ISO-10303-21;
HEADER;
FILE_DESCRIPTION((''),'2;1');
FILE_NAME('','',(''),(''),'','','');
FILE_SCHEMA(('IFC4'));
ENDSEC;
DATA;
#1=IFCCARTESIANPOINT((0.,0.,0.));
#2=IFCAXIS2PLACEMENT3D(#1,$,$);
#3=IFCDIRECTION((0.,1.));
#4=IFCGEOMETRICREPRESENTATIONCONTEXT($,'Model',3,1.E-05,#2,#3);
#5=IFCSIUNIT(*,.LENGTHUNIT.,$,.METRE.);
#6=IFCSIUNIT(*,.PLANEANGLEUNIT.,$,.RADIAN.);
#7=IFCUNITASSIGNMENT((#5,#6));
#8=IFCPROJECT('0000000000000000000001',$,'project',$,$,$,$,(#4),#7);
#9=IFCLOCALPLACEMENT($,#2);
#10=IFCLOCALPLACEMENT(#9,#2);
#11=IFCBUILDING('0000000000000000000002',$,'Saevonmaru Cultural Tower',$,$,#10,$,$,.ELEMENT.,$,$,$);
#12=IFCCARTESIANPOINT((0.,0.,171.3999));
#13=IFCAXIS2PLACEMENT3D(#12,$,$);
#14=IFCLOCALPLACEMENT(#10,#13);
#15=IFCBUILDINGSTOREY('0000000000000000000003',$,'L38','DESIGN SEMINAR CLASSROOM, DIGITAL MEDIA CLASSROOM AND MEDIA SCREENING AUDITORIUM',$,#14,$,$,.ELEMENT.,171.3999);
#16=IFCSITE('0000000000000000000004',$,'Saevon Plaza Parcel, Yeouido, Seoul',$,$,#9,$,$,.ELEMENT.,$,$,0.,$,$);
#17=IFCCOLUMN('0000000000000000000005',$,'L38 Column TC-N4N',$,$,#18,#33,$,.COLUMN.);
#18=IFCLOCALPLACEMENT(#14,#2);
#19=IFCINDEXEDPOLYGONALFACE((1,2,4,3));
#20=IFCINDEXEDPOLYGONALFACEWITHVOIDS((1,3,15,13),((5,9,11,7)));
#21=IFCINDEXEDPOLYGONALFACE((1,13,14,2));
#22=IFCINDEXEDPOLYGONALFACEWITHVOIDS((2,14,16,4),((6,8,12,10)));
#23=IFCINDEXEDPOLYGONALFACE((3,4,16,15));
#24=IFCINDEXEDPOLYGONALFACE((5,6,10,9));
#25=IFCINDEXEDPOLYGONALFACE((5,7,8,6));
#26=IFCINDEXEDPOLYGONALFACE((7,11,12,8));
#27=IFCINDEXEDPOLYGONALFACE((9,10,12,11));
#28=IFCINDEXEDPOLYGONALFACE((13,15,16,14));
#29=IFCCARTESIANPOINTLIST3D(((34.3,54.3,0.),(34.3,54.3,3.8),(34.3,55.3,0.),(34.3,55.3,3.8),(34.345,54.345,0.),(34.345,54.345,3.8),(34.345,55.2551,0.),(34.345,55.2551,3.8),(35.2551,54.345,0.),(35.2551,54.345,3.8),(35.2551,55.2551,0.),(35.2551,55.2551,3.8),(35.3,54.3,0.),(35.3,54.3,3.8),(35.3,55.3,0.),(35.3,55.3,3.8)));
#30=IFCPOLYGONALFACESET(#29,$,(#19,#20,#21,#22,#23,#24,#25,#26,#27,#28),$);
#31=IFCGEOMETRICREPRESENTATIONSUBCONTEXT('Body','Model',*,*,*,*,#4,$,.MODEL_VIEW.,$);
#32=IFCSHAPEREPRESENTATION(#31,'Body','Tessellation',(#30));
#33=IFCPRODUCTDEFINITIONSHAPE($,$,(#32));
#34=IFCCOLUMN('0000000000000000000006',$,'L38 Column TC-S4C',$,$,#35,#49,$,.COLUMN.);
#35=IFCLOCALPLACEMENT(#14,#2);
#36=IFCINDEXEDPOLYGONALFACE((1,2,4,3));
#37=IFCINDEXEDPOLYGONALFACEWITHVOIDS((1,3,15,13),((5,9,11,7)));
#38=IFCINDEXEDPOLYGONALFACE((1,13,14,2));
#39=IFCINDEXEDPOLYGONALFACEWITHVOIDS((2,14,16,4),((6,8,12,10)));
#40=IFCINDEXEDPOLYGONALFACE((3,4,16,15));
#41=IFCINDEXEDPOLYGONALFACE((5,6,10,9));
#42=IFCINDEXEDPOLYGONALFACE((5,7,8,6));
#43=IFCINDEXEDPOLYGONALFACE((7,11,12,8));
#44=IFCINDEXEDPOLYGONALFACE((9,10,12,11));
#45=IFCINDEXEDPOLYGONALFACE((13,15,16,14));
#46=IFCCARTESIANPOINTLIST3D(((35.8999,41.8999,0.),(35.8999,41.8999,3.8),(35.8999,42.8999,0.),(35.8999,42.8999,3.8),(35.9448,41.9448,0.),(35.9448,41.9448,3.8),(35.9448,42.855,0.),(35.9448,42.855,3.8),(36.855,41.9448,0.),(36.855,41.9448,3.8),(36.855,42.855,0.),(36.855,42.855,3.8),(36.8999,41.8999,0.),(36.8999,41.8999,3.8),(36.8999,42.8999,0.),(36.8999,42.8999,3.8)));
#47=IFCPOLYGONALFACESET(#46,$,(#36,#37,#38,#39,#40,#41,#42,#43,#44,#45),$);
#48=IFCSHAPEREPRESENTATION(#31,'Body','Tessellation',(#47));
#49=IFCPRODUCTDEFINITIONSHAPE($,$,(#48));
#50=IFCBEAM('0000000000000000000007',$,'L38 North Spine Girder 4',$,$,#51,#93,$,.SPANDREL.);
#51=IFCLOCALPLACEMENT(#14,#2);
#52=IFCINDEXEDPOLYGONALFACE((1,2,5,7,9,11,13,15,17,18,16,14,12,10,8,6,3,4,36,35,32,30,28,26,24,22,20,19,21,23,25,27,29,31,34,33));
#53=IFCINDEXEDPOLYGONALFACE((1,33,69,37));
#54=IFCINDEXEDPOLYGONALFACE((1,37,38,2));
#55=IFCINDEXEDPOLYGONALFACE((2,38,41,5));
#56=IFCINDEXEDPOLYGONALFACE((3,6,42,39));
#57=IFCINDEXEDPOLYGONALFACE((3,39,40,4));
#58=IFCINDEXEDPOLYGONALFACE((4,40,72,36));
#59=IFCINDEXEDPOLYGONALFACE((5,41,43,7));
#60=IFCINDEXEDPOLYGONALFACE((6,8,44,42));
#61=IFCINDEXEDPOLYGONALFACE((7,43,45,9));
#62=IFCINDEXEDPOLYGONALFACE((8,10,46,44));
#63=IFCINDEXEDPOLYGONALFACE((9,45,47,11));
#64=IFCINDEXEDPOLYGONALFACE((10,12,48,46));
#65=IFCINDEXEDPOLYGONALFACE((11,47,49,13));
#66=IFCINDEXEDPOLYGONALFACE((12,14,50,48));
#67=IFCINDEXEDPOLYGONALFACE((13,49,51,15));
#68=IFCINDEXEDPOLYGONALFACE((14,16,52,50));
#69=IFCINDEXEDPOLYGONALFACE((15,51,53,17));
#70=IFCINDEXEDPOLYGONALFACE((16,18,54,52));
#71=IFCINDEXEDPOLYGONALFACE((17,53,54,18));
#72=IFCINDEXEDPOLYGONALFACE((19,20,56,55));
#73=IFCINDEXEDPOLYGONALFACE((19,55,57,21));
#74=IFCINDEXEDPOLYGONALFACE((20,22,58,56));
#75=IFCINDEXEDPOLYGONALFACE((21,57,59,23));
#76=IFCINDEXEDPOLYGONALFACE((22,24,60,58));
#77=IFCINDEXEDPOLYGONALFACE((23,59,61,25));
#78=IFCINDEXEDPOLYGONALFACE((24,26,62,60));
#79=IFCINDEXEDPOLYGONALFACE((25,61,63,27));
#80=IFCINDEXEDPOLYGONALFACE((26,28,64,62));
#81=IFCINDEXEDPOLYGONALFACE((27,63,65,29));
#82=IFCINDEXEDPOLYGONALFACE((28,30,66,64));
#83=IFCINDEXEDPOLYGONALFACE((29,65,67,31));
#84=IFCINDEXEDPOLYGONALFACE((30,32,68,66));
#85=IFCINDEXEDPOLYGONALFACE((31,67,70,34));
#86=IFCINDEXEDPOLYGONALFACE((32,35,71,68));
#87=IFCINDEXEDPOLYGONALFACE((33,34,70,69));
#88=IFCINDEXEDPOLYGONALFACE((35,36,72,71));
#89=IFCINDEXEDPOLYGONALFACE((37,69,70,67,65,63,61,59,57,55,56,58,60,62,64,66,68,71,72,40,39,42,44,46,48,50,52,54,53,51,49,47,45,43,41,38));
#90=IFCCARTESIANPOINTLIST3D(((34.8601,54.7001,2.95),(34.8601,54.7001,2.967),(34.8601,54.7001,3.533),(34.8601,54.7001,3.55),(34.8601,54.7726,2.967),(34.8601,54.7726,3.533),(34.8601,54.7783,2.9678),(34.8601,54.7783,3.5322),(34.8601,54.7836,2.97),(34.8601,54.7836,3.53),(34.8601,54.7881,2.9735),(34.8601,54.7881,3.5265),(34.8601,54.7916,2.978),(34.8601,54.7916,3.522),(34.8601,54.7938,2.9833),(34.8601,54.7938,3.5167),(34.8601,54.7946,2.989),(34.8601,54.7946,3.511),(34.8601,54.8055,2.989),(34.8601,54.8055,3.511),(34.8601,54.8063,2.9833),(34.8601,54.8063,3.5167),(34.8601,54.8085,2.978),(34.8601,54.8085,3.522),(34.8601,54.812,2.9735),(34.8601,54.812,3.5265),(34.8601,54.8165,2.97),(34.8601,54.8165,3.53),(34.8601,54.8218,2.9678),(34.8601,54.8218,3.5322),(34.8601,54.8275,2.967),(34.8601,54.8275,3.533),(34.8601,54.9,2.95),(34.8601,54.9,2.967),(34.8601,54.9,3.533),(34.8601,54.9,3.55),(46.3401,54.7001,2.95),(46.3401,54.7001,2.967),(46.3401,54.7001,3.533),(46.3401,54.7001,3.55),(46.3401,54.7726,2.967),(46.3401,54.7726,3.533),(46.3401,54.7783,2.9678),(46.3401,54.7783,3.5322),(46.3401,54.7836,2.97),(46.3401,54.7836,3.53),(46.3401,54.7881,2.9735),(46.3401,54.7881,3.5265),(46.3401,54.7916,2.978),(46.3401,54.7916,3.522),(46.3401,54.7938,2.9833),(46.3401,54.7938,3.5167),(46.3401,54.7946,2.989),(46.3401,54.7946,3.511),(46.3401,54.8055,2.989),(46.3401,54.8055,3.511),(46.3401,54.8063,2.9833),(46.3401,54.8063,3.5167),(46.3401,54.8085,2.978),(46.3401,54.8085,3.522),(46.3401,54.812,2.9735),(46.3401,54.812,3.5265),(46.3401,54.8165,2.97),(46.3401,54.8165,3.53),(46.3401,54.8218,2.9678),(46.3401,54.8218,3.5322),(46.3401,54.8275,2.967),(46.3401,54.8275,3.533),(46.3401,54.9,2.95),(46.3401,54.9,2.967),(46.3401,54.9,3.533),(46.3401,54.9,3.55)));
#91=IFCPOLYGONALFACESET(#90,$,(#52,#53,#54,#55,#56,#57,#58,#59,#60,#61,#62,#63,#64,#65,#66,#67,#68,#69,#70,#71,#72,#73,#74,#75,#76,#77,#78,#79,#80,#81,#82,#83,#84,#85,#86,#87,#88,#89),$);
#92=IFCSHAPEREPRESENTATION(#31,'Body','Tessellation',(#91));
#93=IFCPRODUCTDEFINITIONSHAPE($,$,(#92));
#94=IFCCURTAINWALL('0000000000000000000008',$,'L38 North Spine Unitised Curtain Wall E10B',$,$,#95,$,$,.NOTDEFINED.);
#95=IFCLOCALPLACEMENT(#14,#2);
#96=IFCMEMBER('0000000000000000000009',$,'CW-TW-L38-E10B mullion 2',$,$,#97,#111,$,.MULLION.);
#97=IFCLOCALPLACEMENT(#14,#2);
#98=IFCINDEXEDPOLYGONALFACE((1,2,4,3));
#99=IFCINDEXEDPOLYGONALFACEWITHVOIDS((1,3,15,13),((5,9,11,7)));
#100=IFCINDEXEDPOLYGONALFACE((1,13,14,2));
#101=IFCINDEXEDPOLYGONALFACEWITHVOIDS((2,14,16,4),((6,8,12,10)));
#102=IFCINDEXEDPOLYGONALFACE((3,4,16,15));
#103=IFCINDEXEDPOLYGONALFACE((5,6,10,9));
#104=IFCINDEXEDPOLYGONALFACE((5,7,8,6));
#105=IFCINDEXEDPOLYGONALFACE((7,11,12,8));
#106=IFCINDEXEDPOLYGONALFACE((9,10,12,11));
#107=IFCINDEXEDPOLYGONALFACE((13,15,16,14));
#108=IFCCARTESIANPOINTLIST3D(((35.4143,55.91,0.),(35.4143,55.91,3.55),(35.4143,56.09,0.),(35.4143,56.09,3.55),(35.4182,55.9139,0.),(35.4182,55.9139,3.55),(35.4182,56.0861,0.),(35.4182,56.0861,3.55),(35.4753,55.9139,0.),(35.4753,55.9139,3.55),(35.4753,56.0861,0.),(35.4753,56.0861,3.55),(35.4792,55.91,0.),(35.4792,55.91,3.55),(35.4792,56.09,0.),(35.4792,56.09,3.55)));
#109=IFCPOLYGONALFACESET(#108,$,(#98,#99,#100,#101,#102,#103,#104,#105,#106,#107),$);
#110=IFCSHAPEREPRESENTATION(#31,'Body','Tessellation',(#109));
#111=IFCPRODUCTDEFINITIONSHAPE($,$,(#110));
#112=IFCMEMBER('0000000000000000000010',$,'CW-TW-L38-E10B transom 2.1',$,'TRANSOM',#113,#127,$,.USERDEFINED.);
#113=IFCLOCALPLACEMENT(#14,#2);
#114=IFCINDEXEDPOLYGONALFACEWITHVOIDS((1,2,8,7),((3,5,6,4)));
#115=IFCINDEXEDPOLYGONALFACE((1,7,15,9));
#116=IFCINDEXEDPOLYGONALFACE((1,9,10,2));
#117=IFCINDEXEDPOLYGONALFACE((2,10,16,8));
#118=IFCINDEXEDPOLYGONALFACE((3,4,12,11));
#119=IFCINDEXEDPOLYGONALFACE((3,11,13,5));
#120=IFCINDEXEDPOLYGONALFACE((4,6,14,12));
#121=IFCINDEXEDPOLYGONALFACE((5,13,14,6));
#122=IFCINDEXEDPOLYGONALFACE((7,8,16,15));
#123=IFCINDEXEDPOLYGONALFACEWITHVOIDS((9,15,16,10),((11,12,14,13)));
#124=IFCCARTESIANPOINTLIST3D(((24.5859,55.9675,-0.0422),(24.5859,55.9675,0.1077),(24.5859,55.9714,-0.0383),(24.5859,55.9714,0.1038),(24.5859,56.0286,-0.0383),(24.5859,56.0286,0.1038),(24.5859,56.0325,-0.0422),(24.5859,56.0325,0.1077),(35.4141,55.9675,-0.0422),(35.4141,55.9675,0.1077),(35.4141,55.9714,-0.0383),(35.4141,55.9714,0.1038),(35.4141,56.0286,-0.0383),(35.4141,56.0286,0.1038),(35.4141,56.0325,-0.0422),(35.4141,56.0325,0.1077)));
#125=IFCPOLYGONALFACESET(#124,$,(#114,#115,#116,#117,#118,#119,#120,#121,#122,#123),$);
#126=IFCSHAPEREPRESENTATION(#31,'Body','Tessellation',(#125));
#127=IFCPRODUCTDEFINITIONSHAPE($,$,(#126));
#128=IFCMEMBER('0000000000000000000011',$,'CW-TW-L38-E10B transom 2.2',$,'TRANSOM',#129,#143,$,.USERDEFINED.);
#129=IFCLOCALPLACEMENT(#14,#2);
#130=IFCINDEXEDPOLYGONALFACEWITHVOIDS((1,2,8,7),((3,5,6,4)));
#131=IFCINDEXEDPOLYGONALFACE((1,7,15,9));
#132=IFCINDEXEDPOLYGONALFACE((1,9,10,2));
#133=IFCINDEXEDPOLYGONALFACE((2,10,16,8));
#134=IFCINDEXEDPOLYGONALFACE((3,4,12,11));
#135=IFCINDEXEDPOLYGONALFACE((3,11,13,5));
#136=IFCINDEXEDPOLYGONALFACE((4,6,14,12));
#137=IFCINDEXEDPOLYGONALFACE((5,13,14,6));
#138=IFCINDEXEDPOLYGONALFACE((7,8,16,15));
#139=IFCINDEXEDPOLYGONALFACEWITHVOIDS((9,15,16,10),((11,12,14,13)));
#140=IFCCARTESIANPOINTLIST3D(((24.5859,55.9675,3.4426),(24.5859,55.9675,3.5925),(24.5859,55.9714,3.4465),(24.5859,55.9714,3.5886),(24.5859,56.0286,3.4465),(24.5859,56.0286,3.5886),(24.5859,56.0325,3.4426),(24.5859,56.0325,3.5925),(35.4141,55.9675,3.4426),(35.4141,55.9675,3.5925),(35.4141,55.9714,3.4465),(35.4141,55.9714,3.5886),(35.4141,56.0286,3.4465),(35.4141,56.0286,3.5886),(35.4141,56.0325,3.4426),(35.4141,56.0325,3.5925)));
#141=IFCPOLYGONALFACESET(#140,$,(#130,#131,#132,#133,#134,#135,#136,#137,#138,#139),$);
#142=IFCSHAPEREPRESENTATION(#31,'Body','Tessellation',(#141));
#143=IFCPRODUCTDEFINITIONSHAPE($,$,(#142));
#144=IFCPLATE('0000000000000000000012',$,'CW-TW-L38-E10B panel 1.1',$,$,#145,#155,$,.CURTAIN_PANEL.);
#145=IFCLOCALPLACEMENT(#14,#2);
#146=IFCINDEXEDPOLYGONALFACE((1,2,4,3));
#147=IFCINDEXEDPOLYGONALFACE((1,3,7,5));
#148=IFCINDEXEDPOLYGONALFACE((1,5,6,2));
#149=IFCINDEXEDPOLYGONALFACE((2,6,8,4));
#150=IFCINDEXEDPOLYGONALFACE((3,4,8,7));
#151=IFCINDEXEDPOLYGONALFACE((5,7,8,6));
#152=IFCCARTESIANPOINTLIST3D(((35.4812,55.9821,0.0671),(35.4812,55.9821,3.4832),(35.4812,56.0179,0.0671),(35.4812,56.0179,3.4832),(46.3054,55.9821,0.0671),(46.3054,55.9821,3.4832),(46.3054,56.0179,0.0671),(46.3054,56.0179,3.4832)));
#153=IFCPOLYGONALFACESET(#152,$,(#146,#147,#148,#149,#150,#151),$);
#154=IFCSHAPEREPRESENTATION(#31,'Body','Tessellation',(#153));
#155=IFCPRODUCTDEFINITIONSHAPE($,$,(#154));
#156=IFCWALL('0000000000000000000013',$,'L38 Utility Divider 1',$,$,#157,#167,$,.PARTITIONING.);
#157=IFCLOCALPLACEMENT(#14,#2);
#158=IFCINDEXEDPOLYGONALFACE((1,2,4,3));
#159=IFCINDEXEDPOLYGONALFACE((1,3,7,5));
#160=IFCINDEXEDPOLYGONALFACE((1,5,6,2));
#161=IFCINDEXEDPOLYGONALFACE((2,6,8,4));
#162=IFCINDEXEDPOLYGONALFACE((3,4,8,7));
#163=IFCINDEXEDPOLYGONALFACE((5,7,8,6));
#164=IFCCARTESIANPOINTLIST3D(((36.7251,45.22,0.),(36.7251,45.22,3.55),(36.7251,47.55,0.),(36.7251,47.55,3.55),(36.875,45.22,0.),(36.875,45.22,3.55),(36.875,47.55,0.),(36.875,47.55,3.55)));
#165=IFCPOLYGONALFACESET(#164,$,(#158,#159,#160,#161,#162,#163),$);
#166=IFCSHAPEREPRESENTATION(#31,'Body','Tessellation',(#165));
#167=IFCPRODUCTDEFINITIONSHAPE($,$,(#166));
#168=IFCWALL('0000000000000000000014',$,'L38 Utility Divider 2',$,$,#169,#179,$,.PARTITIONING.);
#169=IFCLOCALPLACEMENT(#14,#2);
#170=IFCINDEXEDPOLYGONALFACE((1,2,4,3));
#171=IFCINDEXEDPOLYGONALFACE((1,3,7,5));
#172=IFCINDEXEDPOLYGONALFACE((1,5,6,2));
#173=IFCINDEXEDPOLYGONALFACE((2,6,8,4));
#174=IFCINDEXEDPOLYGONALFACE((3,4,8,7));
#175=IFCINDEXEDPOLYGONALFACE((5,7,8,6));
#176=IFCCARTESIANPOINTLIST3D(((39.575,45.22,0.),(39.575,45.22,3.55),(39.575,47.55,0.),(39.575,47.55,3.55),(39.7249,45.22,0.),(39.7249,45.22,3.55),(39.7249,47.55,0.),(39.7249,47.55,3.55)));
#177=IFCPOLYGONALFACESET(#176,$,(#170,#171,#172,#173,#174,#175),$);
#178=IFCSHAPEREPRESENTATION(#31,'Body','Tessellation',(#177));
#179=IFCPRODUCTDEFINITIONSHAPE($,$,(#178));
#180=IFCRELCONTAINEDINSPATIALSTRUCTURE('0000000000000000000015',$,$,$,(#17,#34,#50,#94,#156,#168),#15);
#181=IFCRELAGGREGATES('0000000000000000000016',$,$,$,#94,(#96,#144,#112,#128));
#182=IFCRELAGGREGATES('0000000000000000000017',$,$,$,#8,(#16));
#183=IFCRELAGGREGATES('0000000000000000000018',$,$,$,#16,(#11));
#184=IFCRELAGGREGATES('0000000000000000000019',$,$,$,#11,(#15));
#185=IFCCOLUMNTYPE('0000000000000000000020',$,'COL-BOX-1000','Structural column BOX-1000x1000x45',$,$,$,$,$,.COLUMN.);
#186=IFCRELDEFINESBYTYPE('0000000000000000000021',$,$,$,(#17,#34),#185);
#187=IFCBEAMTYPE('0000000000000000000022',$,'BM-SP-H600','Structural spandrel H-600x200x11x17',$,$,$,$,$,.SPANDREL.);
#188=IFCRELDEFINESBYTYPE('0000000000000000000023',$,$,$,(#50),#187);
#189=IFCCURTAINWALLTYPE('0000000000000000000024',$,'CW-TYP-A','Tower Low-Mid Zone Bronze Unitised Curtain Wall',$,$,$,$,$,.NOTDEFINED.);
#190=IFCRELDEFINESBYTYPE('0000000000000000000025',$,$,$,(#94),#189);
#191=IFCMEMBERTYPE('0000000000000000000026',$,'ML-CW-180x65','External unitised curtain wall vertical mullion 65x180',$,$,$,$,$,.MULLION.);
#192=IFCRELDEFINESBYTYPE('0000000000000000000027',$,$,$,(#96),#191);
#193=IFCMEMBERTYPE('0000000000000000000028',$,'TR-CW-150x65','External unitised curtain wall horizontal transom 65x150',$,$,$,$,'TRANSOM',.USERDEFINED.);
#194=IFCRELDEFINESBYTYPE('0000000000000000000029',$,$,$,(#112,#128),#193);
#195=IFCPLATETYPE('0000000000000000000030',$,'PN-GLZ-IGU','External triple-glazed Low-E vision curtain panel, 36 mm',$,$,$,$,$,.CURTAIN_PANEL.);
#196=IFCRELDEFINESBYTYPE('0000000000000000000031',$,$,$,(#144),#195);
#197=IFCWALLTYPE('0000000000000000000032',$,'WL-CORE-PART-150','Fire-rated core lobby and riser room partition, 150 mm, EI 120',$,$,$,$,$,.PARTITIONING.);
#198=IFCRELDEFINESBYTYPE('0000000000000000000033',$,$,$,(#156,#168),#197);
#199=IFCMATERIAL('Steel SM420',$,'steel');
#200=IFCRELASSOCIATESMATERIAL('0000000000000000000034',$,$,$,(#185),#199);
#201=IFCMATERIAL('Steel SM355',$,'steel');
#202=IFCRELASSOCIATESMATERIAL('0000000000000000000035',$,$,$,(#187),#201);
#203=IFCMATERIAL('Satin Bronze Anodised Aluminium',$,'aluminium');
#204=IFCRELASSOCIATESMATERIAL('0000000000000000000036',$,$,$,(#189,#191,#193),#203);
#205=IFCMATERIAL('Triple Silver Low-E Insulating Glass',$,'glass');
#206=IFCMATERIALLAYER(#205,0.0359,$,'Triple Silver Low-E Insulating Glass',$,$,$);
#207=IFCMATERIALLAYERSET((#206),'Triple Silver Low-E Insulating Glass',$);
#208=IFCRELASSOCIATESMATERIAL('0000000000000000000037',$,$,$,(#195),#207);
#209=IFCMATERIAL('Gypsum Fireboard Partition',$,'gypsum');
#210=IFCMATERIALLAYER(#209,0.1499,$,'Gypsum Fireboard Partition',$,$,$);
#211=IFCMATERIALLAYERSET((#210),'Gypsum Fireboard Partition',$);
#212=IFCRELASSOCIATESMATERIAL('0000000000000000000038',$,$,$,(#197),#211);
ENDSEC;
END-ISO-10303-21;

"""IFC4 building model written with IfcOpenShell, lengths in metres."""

from ifc_helpers import new_model, si_unit, direction, frame, frame_2d, origin, origin_2d, place, context, subcontext, project, spatial, rectangle, hollow_rectangle, i_section, extrude, material, layer, layer_set, material_profile, profile_set, type_object, element, aggregate, save


model = new_model("IFC4")

# Units and contexts
model_context = context("Model", 3, precision=1e-05, world=origin(), true_north=direction((0.0, 1.0)))
body_context = subcontext(model_context, "Body", "Model", "MODEL_VIEW")
ifc_project = project(units=[si_unit("LENGTHUNIT", "METRE"), si_unit("PLANEANGLEUNIT", "RADIAN")], contexts=[model_context])

# Site, building, storey
site_placement = place(None, origin())
site = spatial("IfcSite", under=ifc_project, at=site_placement, Name="Saevon Plaza Parcel, Yeouido, Seoul", CompositionType="ELEMENT", RefElevation=0.0)
building_placement = place(site_placement, origin())
building = spatial("IfcBuilding", under=site, at=building_placement, Name="Saevonmaru Cultural Tower", CompositionType="ELEMENT")
storey_placement = place(building_placement, frame((0.0, 0.0, 171.3999)))
storey = spatial("IfcBuildingStorey", under=building, at=storey_placement, Name="L38", Description="DESIGN SEMINAR CLASSROOM, DIGITAL MEDIA CLASSROOM AND MEDIA SCREENING AUDITORIUM", CompositionType="ELEMENT", Elevation=171.3999)

# Columns
ifc_material_1 = material(Name="Steel SM420", Category="steel")
ifc_material_profile_1 = material_profile(ifc_material_1, hollow_rectangle(XDim=1.0, YDim=1.0, WallThickness=0.0449, at=origin_2d()), Name="BOX-1000x1000x45")
ifc_profile_set_1 = profile_set([ifc_material_profile_1], Name="Steel SM420")
column_type = type_object("IfcColumnType", Name="COL-BOX-1000", Description="Structural column BOX-1000x1000x45", PredefinedType="COLUMN", material=ifc_profile_set_1)
for number, where, z_axis, x_axis, name in (
    (1, (34.8, 54.8, 0.0), (0.0, 0.0, 1.0), (1.0, 0.0, 0.0), "L38 Column TC-N4N"),
    (2, (36.3999, 42.3999, 0.0), (0.0, 0.0, 1.0), (1.0, 0.0, 0.0), "L38 Column TC-S4C"),
):
    element("IfcColumn", number, at=place(storey_placement, frame(where, z_axis=z_axis, x_axis=x_axis)), inside=storey, type_object=column_type, Name=name, PredefinedType="COLUMN", context=body_context, shape_type="SweptSolid", body=[
        extrude(hollow_rectangle(XDim=1.0, YDim=1.0, WallThickness=0.0449, at=origin_2d()), origin(), (0.0, 0.0, 1.0), 3.8),
    ])

# Beam
ifc_material_2 = material(Name="Steel SM355", Category="steel")
ifc_material_profile_2 = material_profile(ifc_material_2, i_section(OverallWidth=0.2, OverallDepth=0.6001, WebThickness=0.011, FlangeThickness=0.0171, FilletRadius=0.022, at=origin_2d()), Name="H-600x200x11x17")
ifc_profile_set_2 = profile_set([ifc_material_profile_2], Name="Steel SM355")
beam_type = type_object("IfcBeamType", Name="BM-SP-H600", Description="Structural spandrel H-600x200x11x17", PredefinedType="SPANDREL", material=ifc_profile_set_2)
beam_placement = place(storey_placement, frame((34.8601, 54.8, 3.25), z_axis=(1.0, 0.0, 0.0), x_axis=(0.0, 1.0, 0.0)))
element("IfcBeam", 3, at=beam_placement, inside=storey, type_object=beam_type, Name="L38 North Spine Girder 4", PredefinedType="SPANDREL", context=body_context, shape_type="SweptSolid", body=[
    extrude(i_section(OverallWidth=0.2, OverallDepth=0.6001, WebThickness=0.011, FlangeThickness=0.0171, FilletRadius=0.022, at=origin_2d()), origin(), (0.0, 0.0, 1.0), 11.48),
])

# Curtain wall, members, plate
ifc_material_3 = material(Name="Satin Bronze Anodised Aluminium", Category="aluminium")
curtain_wall_type = type_object("IfcCurtainWallType", Name="CW-TYP-A", Description="Tower Low-Mid Zone Bronze Unitised Curtain Wall", PredefinedType="NOTDEFINED", material=ifc_material_3)
curtain_wall_placement = place(storey_placement, origin())
curtain_wall = element("IfcCurtainWall", 4, at=curtain_wall_placement, inside=storey, type_object=curtain_wall_type, Name="L38 North Spine Unitised Curtain Wall E10B", PredefinedType="NOTDEFINED")
ifc_material_profile_3 = material_profile(ifc_material_3, hollow_rectangle(XDim=0.0649, YDim=0.1799, WallThickness=0.0039, at=origin_2d()), Name="ALU-MULL-180x65x4")
ifc_profile_set_3 = profile_set([ifc_material_profile_3], Name="Satin Bronze Anodised Aluminium")
member_type_1 = type_object("IfcMemberType", Name="ML-CW-180x65", Description="External unitised curtain wall vertical mullion 65x180", PredefinedType="MULLION", material=ifc_profile_set_3)
member_1_placement = place(storey_placement, frame((35.4468, 56.0, 0.0), z_axis=(0.0, 0.0, 1.0), x_axis=(-1.0, 0.0, 0.0)))
member_1 = element("IfcMember", 5, at=member_1_placement, type_object=member_type_1, Name="CW-TW-L38-E10B mullion 2", PredefinedType="MULLION", context=body_context, shape_type="SweptSolid", body=[
    extrude(hollow_rectangle(XDim=0.0649, YDim=0.1799, WallThickness=0.0039, at=origin_2d()), origin(), (0.0, 0.0, 1.0), 3.55),
])
ifc_material_profile_4 = material_profile(ifc_material_3, hollow_rectangle(XDim=0.0649, YDim=0.1499, WallThickness=0.0039, at=origin_2d()), Name="ALU-TRAN-150x65x4")
ifc_profile_set_4 = profile_set([ifc_material_profile_4], Name="Satin Bronze Anodised Aluminium")
member_type_2 = type_object("IfcMemberType", Name="TR-CW-150x65", Description="External unitised curtain wall horizontal transom 65x150", ElementType="TRANSOM", PredefinedType="USERDEFINED", material=ifc_profile_set_4)
member_2_placement = place(storey_placement, frame((35.4141, 56.0, 0.0327), z_axis=(-1.0, 0.0, 0.0), x_axis=(0.0, -1.0, 0.0)))
member_2 = element("IfcMember", 6, at=member_2_placement, type_object=member_type_2, Name="CW-TW-L38-E10B transom 2.1", ObjectType="TRANSOM", PredefinedType="USERDEFINED", context=body_context, shape_type="SweptSolid", body=[
    extrude(hollow_rectangle(XDim=0.0649, YDim=0.1499, WallThickness=0.0039, at=origin_2d()), origin(), (0.0, 0.0, 1.0), 10.8281),
])
member_3_placement = place(storey_placement, frame((35.4141, 56.0, 3.5176), z_axis=(-1.0, 0.0, 0.0), x_axis=(0.0, -1.0, 0.0)))
member_3 = element("IfcMember", 7, at=member_3_placement, type_object=member_type_2, Name="CW-TW-L38-E10B transom 2.2", ObjectType="TRANSOM", PredefinedType="USERDEFINED", context=body_context, shape_type="SweptSolid", body=[
    extrude(hollow_rectangle(XDim=0.0649, YDim=0.1499, WallThickness=0.0039, at=origin_2d()), origin(), (0.0, 0.0, 1.0), 10.8281),
])
ifc_material_4 = material(Name="Triple Silver Low-E Insulating Glass", Category="glass")
ifc_layer_1 = layer(ifc_material_4, 0.0359, Name="Triple Silver Low-E Insulating Glass")
ifc_layer_set_1 = layer_set([ifc_layer_1], Name="Triple Silver Low-E Insulating Glass")
plate_type = type_object("IfcPlateType", Name="PN-GLZ-IGU", Description="External triple-glazed Low-E vision curtain panel, 36 mm", PredefinedType="CURTAIN_PANEL", material=ifc_layer_set_1)
plate_placement = place(storey_placement, frame((40.8933, 56.0, 0.0671), z_axis=(0.0, 0.0, 1.0), x_axis=(-1.0, 0.0, 0.0)))
plate = element("IfcPlate", 8, at=plate_placement, type_object=plate_type, Name="CW-TW-L38-E10B panel 1.1", PredefinedType="CURTAIN_PANEL", context=body_context, shape_type="SweptSolid", body=[
    extrude(rectangle(XDim=10.8242, YDim=0.0359, at=origin_2d()), origin(), (0.0, 0.0, 1.0), 3.416),
])
aggregate(curtain_wall, [member_1, plate, member_2, member_3])

# Walls
ifc_material_5 = material(Name="Gypsum Fireboard Partition", Category="gypsum")
ifc_layer_2 = layer(ifc_material_5, 0.1499, Name="Gypsum Fireboard Partition")
ifc_layer_set_2 = layer_set([ifc_layer_2], Name="Gypsum Fireboard Partition")
wall_type_1 = type_object("IfcWallType", Name="WL-CORE-PART-150", Description="Fire-rated core lobby and riser room partition, 150 mm, EI 120", PredefinedType="PARTITIONING", material=ifc_layer_set_2)
for number, where, z_axis, x_axis, name in (
    (9, (36.8, 45.22, 0.0), (0.0, 0.0, 1.0), (0.0, 1.0, 0.0), "L38 Utility Divider 1"),
    (10, (39.6499, 45.22, 0.0), (0.0, 0.0, 1.0), (0.0, 1.0, 0.0), "L38 Utility Divider 2"),
):
    element("IfcWall", number, at=place(storey_placement, frame(where, z_axis=z_axis, x_axis=x_axis)), inside=storey, type_object=wall_type_1, Name=name, PredefinedType="PARTITIONING", context=body_context, shape_type="SweptSolid", body=[
        extrude(rectangle(XDim=2.3301, YDim=0.1499, at=frame_2d((1.165, 0.0))), origin(), (0.0, 0.0, 1.0), 3.55),
    ])

save(model, "model.ifc")
